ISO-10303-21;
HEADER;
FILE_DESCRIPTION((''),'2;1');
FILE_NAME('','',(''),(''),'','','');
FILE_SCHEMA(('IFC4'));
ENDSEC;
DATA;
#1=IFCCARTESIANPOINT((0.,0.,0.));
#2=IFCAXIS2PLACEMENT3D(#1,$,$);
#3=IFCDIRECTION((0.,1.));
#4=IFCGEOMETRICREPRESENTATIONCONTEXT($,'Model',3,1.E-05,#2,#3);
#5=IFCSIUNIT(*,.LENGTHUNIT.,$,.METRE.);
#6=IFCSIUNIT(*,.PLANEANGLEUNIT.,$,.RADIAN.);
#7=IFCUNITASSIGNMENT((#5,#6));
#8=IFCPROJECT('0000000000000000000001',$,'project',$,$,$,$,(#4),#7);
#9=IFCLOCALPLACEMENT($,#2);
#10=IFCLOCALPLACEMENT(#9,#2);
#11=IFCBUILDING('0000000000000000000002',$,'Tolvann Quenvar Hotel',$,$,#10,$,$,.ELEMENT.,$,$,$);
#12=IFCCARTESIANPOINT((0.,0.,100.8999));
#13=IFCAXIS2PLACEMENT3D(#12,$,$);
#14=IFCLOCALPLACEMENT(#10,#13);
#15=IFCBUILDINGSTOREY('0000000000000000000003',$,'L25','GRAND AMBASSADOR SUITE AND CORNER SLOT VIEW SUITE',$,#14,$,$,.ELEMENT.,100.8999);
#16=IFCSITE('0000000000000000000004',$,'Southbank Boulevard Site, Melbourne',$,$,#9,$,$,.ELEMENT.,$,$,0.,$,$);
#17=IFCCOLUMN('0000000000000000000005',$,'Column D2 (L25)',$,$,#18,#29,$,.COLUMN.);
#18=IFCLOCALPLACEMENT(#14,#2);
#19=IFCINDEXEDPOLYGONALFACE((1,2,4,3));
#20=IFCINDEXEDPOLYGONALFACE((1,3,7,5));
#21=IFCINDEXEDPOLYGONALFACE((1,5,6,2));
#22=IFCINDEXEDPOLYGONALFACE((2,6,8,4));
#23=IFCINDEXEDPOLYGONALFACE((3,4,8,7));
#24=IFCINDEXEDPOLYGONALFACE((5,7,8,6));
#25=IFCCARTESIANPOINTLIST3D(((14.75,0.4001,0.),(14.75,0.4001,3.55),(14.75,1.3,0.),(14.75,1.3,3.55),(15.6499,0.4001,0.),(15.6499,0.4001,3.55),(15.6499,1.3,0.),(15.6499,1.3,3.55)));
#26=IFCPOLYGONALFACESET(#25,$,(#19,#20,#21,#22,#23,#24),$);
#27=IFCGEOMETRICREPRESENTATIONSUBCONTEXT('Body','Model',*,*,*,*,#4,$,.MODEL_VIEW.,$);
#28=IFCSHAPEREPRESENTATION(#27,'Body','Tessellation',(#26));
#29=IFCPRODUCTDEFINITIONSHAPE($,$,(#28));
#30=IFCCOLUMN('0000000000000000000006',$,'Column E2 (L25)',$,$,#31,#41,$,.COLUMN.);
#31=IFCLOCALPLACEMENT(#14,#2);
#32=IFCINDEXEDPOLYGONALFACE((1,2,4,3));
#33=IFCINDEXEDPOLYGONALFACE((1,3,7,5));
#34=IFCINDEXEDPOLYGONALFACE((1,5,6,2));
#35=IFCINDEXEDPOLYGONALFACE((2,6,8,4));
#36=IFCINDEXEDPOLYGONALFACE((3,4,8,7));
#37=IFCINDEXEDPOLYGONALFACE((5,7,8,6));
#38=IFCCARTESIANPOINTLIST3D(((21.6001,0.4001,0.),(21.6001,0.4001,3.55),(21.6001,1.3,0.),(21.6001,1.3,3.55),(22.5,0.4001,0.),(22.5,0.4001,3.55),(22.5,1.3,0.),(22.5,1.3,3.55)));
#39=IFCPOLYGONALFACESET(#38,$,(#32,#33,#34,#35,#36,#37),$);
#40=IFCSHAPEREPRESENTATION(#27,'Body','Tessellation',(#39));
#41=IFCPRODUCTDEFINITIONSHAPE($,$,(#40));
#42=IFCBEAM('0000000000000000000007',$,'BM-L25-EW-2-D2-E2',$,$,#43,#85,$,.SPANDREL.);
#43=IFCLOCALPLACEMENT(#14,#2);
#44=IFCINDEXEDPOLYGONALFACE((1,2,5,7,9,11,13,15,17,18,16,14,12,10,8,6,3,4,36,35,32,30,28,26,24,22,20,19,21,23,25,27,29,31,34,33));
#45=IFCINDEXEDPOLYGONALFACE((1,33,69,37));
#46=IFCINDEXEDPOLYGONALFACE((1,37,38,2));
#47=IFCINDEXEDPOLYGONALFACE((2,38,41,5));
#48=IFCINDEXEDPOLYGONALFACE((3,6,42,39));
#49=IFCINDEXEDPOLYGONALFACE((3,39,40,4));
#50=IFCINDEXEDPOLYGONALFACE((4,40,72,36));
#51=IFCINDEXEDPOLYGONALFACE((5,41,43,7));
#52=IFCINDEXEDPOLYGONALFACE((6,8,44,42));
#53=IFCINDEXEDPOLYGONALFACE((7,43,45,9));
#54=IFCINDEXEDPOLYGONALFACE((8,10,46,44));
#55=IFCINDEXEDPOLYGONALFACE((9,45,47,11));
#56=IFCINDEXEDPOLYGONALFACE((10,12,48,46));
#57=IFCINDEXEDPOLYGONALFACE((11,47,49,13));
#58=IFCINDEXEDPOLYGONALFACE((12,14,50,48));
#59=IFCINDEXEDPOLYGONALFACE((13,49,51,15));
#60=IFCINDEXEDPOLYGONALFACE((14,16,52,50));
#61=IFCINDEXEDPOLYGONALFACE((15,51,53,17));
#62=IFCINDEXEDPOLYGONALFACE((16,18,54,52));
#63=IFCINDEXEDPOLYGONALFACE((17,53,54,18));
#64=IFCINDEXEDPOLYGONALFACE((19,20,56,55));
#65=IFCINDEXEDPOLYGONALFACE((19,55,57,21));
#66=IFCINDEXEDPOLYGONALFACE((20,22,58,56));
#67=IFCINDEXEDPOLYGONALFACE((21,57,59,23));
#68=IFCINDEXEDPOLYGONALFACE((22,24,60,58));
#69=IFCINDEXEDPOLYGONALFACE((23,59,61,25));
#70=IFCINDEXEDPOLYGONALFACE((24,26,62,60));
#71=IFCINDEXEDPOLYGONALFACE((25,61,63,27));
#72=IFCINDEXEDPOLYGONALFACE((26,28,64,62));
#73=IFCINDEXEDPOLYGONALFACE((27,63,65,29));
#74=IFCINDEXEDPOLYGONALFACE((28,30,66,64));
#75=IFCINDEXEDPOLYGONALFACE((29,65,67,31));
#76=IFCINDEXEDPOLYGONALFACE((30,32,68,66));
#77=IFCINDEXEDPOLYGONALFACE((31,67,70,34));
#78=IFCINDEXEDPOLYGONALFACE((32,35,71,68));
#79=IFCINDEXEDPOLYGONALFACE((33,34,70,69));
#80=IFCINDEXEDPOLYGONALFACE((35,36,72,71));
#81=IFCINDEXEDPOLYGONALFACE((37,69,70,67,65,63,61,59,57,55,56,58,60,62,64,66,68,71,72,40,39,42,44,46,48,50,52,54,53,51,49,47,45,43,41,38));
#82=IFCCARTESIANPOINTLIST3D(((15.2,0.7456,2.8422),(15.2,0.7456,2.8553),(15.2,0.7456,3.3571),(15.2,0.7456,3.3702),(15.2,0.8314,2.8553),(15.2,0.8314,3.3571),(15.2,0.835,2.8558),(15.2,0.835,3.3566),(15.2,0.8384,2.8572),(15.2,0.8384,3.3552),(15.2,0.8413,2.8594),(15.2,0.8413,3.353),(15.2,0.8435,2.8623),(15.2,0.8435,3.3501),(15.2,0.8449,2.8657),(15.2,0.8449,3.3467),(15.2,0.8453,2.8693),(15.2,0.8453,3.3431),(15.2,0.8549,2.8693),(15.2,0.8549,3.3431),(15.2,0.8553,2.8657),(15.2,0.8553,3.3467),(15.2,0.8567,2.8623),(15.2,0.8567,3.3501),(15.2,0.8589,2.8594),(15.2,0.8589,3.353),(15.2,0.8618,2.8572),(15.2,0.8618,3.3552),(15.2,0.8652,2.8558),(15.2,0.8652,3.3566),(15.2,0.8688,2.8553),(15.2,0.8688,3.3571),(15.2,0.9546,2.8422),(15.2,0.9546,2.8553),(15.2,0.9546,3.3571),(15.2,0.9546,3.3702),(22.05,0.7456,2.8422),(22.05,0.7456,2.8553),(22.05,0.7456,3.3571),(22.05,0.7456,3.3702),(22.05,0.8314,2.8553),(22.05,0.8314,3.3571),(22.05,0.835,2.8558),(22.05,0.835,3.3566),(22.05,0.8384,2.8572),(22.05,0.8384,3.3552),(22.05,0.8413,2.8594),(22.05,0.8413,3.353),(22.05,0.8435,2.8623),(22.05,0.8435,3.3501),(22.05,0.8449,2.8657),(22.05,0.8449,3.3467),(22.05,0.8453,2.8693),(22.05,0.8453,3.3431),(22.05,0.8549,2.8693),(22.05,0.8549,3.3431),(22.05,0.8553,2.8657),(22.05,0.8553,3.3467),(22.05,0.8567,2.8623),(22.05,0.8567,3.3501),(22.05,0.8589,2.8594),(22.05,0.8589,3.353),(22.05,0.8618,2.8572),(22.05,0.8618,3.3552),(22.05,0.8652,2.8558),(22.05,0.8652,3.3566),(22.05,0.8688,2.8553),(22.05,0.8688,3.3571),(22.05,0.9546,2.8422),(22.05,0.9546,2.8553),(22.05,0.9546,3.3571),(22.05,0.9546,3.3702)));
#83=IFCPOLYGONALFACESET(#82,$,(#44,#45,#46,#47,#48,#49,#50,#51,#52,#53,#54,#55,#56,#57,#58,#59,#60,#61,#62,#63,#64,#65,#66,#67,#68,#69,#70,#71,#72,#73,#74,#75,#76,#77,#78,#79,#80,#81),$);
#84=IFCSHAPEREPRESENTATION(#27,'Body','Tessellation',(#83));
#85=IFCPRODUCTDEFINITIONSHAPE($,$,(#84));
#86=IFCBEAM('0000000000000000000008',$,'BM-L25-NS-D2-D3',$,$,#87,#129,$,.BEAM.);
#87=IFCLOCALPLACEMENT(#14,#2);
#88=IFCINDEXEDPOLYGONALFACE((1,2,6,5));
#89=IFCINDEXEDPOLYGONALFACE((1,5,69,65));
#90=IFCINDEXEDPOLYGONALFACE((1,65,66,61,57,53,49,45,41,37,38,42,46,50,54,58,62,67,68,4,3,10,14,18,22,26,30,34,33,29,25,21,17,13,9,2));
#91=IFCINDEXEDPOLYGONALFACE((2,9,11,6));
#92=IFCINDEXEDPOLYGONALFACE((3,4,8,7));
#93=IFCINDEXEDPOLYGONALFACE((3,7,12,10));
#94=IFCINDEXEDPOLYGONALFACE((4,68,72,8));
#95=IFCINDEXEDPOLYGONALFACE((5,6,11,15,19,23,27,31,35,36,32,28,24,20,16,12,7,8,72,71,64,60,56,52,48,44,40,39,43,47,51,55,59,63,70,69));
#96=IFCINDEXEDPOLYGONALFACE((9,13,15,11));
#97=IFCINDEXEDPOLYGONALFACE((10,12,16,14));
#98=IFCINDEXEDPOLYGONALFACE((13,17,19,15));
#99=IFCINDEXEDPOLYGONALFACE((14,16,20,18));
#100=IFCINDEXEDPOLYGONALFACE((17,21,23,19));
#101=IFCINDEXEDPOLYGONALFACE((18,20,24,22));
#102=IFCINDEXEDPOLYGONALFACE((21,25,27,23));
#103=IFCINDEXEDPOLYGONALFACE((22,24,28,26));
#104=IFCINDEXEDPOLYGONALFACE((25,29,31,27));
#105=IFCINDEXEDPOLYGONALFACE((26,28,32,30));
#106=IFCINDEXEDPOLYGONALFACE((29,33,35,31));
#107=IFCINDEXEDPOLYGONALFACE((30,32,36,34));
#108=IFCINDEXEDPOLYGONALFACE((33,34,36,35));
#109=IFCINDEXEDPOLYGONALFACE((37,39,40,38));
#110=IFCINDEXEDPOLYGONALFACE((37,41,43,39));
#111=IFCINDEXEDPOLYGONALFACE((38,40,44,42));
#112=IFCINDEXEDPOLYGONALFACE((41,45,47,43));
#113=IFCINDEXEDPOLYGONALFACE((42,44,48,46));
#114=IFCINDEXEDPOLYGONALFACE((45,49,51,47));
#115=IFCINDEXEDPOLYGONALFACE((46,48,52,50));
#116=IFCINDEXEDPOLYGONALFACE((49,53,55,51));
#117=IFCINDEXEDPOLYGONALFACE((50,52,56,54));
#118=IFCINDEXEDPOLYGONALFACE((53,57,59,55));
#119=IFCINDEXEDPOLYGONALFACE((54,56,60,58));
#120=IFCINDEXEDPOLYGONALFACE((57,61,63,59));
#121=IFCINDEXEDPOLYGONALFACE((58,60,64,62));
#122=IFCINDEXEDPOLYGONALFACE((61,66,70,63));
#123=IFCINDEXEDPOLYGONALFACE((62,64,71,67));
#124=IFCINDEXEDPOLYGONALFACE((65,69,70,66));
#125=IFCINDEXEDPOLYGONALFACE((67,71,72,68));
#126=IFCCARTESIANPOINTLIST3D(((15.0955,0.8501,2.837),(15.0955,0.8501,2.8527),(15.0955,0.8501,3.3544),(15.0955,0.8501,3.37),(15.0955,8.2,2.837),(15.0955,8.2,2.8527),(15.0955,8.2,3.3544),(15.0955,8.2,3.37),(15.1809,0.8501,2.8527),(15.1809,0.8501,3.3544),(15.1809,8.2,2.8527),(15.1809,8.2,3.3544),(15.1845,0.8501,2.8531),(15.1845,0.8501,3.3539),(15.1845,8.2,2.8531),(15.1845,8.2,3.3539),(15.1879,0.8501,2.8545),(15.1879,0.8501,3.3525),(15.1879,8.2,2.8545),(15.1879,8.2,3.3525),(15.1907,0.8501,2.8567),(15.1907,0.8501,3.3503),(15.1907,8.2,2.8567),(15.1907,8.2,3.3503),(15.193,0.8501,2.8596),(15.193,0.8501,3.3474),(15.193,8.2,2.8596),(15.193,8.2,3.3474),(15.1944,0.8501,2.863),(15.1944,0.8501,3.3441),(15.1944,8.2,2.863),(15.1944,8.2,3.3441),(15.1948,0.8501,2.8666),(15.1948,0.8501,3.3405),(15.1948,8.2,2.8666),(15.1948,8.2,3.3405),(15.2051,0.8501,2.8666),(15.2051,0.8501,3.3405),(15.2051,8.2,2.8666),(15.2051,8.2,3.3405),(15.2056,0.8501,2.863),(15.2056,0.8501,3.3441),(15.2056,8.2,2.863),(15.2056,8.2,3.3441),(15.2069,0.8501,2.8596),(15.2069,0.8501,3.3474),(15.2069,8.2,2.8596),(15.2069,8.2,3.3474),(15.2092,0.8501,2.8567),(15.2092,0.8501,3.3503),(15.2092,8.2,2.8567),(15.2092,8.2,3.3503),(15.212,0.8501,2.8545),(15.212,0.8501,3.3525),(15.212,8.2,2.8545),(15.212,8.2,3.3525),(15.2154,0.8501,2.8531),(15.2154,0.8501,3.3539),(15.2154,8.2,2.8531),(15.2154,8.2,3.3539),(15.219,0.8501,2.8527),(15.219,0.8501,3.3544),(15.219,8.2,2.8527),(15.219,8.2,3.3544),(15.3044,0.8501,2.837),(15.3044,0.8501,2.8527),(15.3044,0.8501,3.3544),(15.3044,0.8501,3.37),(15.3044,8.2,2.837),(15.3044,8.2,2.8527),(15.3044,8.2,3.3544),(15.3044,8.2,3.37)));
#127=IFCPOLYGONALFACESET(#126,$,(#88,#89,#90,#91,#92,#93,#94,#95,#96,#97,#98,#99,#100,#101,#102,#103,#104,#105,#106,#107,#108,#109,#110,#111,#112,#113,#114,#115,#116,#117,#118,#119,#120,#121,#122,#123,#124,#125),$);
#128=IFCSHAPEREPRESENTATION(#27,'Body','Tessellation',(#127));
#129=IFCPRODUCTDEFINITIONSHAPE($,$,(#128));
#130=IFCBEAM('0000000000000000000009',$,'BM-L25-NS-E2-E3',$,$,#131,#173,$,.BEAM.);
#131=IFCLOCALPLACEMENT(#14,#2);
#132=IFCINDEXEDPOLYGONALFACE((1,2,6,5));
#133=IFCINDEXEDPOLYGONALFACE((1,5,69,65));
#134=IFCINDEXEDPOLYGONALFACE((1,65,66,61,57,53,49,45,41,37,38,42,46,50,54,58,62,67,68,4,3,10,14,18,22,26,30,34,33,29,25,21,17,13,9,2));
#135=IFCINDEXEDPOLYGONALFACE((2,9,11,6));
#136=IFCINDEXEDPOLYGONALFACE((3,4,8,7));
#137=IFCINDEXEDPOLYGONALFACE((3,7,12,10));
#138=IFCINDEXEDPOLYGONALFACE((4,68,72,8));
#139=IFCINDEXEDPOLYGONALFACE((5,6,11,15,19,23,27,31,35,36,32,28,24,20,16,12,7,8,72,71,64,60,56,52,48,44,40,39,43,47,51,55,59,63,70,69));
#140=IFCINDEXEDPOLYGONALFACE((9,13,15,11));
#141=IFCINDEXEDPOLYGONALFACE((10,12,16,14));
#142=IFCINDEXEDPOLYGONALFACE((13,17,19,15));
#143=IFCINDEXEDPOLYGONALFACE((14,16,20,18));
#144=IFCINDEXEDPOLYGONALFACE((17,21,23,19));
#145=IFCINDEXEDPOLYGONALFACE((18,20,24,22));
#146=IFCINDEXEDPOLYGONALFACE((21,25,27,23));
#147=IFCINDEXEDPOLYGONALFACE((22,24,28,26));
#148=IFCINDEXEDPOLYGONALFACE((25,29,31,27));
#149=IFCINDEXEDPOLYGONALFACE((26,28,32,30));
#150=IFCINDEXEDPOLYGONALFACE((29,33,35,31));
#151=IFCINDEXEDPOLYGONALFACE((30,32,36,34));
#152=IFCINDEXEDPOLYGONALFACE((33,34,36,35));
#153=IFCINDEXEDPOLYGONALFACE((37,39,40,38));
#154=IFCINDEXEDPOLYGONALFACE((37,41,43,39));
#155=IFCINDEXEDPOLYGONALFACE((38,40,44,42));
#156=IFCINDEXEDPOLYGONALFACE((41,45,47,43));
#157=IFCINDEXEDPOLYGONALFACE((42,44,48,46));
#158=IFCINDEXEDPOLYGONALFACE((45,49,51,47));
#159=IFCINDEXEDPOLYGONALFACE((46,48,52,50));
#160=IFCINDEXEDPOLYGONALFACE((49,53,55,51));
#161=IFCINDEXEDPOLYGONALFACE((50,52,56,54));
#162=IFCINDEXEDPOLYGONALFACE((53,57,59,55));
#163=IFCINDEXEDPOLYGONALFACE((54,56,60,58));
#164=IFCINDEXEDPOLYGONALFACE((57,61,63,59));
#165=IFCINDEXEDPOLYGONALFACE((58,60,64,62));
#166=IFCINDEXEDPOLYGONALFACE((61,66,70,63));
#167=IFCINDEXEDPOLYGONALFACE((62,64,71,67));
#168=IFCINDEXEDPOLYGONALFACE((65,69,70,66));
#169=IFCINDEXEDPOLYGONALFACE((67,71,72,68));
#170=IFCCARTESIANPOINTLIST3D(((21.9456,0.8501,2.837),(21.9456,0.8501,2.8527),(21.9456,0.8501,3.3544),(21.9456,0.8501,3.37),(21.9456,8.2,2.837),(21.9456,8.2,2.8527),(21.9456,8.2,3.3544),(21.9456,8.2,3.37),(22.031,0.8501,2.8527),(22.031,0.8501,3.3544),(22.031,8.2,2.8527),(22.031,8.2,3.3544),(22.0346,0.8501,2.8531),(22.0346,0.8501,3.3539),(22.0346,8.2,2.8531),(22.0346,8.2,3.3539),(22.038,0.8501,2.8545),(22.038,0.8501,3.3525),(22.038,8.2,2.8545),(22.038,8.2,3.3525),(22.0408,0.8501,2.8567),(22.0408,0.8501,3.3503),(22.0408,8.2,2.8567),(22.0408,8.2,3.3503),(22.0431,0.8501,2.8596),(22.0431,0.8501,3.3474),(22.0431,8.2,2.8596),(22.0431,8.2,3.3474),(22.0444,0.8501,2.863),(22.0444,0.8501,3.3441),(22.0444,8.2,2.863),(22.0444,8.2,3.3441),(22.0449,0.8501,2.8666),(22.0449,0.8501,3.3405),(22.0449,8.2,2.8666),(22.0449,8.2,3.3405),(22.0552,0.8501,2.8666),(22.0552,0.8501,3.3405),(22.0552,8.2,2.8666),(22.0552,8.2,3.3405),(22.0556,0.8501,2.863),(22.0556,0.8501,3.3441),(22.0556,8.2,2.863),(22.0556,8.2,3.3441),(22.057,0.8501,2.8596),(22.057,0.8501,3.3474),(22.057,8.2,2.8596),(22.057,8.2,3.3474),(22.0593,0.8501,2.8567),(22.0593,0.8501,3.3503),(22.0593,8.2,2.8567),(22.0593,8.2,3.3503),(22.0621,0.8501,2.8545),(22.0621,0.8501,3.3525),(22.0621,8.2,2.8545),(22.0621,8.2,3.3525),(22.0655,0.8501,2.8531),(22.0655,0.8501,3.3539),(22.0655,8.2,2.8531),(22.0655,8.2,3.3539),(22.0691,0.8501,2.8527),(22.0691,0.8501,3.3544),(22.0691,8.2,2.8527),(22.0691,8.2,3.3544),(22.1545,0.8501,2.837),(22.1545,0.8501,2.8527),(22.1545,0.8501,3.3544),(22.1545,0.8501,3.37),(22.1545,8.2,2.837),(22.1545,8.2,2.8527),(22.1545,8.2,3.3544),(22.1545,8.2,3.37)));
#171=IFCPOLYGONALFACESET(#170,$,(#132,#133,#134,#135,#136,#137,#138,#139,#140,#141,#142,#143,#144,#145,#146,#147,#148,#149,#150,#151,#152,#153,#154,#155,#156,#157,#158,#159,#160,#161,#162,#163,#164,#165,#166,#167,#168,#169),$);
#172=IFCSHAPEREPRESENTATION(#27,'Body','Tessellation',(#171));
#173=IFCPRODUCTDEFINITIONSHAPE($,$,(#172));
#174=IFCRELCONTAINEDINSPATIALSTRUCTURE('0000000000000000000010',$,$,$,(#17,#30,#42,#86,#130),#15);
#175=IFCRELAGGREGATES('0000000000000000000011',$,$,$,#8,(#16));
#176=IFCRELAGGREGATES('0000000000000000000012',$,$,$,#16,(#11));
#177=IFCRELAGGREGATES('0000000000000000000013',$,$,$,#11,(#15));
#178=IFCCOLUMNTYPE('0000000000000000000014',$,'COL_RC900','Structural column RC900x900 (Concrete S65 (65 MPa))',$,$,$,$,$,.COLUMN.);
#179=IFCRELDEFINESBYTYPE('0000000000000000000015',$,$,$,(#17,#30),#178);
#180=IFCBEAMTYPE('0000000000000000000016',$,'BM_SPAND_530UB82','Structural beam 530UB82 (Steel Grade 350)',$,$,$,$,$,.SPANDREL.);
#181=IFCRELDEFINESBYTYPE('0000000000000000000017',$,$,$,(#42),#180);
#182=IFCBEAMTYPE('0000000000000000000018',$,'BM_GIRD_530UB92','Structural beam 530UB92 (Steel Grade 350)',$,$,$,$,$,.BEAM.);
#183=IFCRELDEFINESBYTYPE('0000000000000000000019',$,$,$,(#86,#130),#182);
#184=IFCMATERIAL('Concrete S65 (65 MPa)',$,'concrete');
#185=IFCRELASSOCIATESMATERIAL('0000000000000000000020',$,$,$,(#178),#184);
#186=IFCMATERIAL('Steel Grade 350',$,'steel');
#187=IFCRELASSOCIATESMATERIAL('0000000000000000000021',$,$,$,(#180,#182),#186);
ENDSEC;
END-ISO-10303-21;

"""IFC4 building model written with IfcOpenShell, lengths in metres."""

from ifc_helpers import new_model, si_unit, direction, frame, origin, origin_2d, place, context, subcontext, project, spatial, rectangle, i_section, extrude, source, transform, mapped, material, material_profile, profile_set, type_object, type_shapes, element, save


model = new_model("IFC4")

# Units and contexts
model_context = context("Model", 3, precision=1e-05, world=origin(), true_north=direction((0.0, 1.0)))
body_context = subcontext(model_context, "Body", "Model", "MODEL_VIEW")
ifc_project = project(units=[si_unit("LENGTHUNIT", "METRE"), si_unit("PLANEANGLEUNIT", "RADIAN")], contexts=[model_context])

# Site, building, storey
site_placement = place(None, origin())
site = spatial("IfcSite", under=ifc_project, at=site_placement, Name="Southbank Boulevard Site, Melbourne", CompositionType="ELEMENT", RefElevation=0.0)
building_placement = place(site_placement, origin())
building = spatial("IfcBuilding", under=site, at=building_placement, Name="Tolvann Quenvar Hotel", CompositionType="ELEMENT")
storey_placement = place(building_placement, frame((0.0, 0.0, 100.8999)))
storey = spatial("IfcBuildingStorey", under=building, at=storey_placement, Name="L25", Description="GRAND AMBASSADOR SUITE AND CORNER SLOT VIEW SUITE", CompositionType="ELEMENT", Elevation=100.8999)

# Columns
ifc_material_1 = material(Name="Concrete S65 (65 MPa)", Category="concrete")
ifc_material_profile_1 = material_profile(ifc_material_1, rectangle(XDim=0.8999, YDim=0.8999, at=origin_2d()), Name="RC900x900")
ifc_profile_set_1 = profile_set([ifc_material_profile_1], Name="Concrete S65 (65 MPa)")
column_type = type_object("IfcColumnType", Name="COL_RC900", Description="Structural column RC900x900 (Concrete S65 (65 MPa))", PredefinedType="COLUMN", material=ifc_profile_set_1)
shared_shape_1 = source(origin(), body_context, "Body", "SweptSolid", [
    extrude(rectangle(XDim=0.8999, YDim=0.8999, at=origin_2d()), origin(), (0.0, 0.0, 1.0), 3.55),
])
type_shapes(column_type, [shared_shape_1])
for number, where, z_axis, x_axis, name in (
    (1, (15.2, 0.8501, 0.0), (0.0, 0.0, 1.0), (1.0, 0.0, 0.0), "Column D2 (L25)"),
    (2, (22.05, 0.8501, 0.0), (0.0, 0.0, 1.0), (1.0, 0.0, 0.0), "Column E2 (L25)"),
):
    element("IfcColumn", number, at=place(storey_placement, frame(where, z_axis=z_axis, x_axis=x_axis)), inside=storey, type_object=column_type, Name=name, PredefinedType="COLUMN", context=body_context, shape_type="MappedRepresentation", body=[
        mapped(shared_shape_1, transform((0.0, 0.0, 0.0), x_axis=(1.0, 0.0, 0.0), y_axis=(0.0, 1.0, 0.0), z_axis=(0.0, 0.0, 1.0), scale=1.0)),
    ])

# Beams
ifc_material_2 = material(Name="Steel Grade 350", Category="steel")
ifc_material_profile_2 = material_profile(ifc_material_2, i_section(OverallWidth=0.209, OverallDepth=0.5281, WebThickness=0.0095, FlangeThickness=0.0132, FilletRadius=0.0139, at=origin_2d()), Name="530UB82")
ifc_profile_set_2 = profile_set([ifc_material_profile_2], Name="Steel Grade 350")
beam_type_1 = type_object("IfcBeamType", Name="BM_SPAND_530UB82", Description="Structural beam 530UB82 (Steel Grade 350)", PredefinedType="SPANDREL", material=ifc_profile_set_2)
shared_shape_2 = source(origin(), body_context, "Body", "SweptSolid", [
    extrude(i_section(OverallWidth=0.209, OverallDepth=0.5281, WebThickness=0.0095, FlangeThickness=0.0132, FilletRadius=0.0139, at=origin_2d()), origin(), (0.0, 0.0, 1.0), 6.8501),
])
type_shapes(beam_type_1, [shared_shape_2])
beam_placement = place(storey_placement, frame((15.2, 0.8501, 3.1062), z_axis=(1.0, 0.0, 0.0), x_axis=(0.0, 1.0, 0.0)))
element("IfcBeam", 3, at=beam_placement, inside=storey, type_object=beam_type_1, Name="BM-L25-EW-2-D2-E2", PredefinedType="SPANDREL", context=body_context, shape_type="MappedRepresentation", body=[
    mapped(shared_shape_2, transform((0.0, 0.0, 0.0), x_axis=(1.0, 0.0, 0.0), y_axis=(0.0, 1.0, 0.0), z_axis=(0.0, 0.0, 1.0), scale=1.0)),
])
ifc_material_profile_3 = material_profile(ifc_material_2, i_section(OverallWidth=0.209, OverallDepth=0.533, WebThickness=0.0103, FlangeThickness=0.0156, FilletRadius=0.0139, at=origin_2d()), Name="530UB92")
ifc_profile_set_3 = profile_set([ifc_material_profile_3], Name="Steel Grade 350")
beam_type_2 = type_object("IfcBeamType", Name="BM_GIRD_530UB92", Description="Structural beam 530UB92 (Steel Grade 350)", PredefinedType="BEAM", material=ifc_profile_set_3)
shared_shape_3 = source(origin(), body_context, "Body", "SweptSolid", [
    extrude(i_section(OverallWidth=0.209, OverallDepth=0.533, WebThickness=0.0103, FlangeThickness=0.0156, FilletRadius=0.0139, at=origin_2d()), origin(), (0.0, 0.0, 1.0), 7.3499),
])
type_shapes(beam_type_2, [shared_shape_3])
for number, where, z_axis, x_axis, name in (
    (4, (15.2, 0.8501, 3.1035), (0.0, 1.0, 0.0), (-1.0, 0.0, 0.0), "BM-L25-NS-D2-D3"),
    (5, (22.05, 0.8501, 3.1035), (0.0, 1.0, 0.0), (-1.0, 0.0, 0.0), "BM-L25-NS-E2-E3"),
):
    element("IfcBeam", number, at=place(storey_placement, frame(where, z_axis=z_axis, x_axis=x_axis)), inside=storey, type_object=beam_type_2, Name=name, PredefinedType="BEAM", context=body_context, shape_type="MappedRepresentation", body=[
        mapped(shared_shape_3, transform((0.0, 0.0, 0.0), x_axis=(1.0, 0.0, 0.0), y_axis=(0.0, 1.0, 0.0), z_axis=(0.0, 0.0, 1.0), scale=1.0)),
    ])

save(model, "model.ifc")
